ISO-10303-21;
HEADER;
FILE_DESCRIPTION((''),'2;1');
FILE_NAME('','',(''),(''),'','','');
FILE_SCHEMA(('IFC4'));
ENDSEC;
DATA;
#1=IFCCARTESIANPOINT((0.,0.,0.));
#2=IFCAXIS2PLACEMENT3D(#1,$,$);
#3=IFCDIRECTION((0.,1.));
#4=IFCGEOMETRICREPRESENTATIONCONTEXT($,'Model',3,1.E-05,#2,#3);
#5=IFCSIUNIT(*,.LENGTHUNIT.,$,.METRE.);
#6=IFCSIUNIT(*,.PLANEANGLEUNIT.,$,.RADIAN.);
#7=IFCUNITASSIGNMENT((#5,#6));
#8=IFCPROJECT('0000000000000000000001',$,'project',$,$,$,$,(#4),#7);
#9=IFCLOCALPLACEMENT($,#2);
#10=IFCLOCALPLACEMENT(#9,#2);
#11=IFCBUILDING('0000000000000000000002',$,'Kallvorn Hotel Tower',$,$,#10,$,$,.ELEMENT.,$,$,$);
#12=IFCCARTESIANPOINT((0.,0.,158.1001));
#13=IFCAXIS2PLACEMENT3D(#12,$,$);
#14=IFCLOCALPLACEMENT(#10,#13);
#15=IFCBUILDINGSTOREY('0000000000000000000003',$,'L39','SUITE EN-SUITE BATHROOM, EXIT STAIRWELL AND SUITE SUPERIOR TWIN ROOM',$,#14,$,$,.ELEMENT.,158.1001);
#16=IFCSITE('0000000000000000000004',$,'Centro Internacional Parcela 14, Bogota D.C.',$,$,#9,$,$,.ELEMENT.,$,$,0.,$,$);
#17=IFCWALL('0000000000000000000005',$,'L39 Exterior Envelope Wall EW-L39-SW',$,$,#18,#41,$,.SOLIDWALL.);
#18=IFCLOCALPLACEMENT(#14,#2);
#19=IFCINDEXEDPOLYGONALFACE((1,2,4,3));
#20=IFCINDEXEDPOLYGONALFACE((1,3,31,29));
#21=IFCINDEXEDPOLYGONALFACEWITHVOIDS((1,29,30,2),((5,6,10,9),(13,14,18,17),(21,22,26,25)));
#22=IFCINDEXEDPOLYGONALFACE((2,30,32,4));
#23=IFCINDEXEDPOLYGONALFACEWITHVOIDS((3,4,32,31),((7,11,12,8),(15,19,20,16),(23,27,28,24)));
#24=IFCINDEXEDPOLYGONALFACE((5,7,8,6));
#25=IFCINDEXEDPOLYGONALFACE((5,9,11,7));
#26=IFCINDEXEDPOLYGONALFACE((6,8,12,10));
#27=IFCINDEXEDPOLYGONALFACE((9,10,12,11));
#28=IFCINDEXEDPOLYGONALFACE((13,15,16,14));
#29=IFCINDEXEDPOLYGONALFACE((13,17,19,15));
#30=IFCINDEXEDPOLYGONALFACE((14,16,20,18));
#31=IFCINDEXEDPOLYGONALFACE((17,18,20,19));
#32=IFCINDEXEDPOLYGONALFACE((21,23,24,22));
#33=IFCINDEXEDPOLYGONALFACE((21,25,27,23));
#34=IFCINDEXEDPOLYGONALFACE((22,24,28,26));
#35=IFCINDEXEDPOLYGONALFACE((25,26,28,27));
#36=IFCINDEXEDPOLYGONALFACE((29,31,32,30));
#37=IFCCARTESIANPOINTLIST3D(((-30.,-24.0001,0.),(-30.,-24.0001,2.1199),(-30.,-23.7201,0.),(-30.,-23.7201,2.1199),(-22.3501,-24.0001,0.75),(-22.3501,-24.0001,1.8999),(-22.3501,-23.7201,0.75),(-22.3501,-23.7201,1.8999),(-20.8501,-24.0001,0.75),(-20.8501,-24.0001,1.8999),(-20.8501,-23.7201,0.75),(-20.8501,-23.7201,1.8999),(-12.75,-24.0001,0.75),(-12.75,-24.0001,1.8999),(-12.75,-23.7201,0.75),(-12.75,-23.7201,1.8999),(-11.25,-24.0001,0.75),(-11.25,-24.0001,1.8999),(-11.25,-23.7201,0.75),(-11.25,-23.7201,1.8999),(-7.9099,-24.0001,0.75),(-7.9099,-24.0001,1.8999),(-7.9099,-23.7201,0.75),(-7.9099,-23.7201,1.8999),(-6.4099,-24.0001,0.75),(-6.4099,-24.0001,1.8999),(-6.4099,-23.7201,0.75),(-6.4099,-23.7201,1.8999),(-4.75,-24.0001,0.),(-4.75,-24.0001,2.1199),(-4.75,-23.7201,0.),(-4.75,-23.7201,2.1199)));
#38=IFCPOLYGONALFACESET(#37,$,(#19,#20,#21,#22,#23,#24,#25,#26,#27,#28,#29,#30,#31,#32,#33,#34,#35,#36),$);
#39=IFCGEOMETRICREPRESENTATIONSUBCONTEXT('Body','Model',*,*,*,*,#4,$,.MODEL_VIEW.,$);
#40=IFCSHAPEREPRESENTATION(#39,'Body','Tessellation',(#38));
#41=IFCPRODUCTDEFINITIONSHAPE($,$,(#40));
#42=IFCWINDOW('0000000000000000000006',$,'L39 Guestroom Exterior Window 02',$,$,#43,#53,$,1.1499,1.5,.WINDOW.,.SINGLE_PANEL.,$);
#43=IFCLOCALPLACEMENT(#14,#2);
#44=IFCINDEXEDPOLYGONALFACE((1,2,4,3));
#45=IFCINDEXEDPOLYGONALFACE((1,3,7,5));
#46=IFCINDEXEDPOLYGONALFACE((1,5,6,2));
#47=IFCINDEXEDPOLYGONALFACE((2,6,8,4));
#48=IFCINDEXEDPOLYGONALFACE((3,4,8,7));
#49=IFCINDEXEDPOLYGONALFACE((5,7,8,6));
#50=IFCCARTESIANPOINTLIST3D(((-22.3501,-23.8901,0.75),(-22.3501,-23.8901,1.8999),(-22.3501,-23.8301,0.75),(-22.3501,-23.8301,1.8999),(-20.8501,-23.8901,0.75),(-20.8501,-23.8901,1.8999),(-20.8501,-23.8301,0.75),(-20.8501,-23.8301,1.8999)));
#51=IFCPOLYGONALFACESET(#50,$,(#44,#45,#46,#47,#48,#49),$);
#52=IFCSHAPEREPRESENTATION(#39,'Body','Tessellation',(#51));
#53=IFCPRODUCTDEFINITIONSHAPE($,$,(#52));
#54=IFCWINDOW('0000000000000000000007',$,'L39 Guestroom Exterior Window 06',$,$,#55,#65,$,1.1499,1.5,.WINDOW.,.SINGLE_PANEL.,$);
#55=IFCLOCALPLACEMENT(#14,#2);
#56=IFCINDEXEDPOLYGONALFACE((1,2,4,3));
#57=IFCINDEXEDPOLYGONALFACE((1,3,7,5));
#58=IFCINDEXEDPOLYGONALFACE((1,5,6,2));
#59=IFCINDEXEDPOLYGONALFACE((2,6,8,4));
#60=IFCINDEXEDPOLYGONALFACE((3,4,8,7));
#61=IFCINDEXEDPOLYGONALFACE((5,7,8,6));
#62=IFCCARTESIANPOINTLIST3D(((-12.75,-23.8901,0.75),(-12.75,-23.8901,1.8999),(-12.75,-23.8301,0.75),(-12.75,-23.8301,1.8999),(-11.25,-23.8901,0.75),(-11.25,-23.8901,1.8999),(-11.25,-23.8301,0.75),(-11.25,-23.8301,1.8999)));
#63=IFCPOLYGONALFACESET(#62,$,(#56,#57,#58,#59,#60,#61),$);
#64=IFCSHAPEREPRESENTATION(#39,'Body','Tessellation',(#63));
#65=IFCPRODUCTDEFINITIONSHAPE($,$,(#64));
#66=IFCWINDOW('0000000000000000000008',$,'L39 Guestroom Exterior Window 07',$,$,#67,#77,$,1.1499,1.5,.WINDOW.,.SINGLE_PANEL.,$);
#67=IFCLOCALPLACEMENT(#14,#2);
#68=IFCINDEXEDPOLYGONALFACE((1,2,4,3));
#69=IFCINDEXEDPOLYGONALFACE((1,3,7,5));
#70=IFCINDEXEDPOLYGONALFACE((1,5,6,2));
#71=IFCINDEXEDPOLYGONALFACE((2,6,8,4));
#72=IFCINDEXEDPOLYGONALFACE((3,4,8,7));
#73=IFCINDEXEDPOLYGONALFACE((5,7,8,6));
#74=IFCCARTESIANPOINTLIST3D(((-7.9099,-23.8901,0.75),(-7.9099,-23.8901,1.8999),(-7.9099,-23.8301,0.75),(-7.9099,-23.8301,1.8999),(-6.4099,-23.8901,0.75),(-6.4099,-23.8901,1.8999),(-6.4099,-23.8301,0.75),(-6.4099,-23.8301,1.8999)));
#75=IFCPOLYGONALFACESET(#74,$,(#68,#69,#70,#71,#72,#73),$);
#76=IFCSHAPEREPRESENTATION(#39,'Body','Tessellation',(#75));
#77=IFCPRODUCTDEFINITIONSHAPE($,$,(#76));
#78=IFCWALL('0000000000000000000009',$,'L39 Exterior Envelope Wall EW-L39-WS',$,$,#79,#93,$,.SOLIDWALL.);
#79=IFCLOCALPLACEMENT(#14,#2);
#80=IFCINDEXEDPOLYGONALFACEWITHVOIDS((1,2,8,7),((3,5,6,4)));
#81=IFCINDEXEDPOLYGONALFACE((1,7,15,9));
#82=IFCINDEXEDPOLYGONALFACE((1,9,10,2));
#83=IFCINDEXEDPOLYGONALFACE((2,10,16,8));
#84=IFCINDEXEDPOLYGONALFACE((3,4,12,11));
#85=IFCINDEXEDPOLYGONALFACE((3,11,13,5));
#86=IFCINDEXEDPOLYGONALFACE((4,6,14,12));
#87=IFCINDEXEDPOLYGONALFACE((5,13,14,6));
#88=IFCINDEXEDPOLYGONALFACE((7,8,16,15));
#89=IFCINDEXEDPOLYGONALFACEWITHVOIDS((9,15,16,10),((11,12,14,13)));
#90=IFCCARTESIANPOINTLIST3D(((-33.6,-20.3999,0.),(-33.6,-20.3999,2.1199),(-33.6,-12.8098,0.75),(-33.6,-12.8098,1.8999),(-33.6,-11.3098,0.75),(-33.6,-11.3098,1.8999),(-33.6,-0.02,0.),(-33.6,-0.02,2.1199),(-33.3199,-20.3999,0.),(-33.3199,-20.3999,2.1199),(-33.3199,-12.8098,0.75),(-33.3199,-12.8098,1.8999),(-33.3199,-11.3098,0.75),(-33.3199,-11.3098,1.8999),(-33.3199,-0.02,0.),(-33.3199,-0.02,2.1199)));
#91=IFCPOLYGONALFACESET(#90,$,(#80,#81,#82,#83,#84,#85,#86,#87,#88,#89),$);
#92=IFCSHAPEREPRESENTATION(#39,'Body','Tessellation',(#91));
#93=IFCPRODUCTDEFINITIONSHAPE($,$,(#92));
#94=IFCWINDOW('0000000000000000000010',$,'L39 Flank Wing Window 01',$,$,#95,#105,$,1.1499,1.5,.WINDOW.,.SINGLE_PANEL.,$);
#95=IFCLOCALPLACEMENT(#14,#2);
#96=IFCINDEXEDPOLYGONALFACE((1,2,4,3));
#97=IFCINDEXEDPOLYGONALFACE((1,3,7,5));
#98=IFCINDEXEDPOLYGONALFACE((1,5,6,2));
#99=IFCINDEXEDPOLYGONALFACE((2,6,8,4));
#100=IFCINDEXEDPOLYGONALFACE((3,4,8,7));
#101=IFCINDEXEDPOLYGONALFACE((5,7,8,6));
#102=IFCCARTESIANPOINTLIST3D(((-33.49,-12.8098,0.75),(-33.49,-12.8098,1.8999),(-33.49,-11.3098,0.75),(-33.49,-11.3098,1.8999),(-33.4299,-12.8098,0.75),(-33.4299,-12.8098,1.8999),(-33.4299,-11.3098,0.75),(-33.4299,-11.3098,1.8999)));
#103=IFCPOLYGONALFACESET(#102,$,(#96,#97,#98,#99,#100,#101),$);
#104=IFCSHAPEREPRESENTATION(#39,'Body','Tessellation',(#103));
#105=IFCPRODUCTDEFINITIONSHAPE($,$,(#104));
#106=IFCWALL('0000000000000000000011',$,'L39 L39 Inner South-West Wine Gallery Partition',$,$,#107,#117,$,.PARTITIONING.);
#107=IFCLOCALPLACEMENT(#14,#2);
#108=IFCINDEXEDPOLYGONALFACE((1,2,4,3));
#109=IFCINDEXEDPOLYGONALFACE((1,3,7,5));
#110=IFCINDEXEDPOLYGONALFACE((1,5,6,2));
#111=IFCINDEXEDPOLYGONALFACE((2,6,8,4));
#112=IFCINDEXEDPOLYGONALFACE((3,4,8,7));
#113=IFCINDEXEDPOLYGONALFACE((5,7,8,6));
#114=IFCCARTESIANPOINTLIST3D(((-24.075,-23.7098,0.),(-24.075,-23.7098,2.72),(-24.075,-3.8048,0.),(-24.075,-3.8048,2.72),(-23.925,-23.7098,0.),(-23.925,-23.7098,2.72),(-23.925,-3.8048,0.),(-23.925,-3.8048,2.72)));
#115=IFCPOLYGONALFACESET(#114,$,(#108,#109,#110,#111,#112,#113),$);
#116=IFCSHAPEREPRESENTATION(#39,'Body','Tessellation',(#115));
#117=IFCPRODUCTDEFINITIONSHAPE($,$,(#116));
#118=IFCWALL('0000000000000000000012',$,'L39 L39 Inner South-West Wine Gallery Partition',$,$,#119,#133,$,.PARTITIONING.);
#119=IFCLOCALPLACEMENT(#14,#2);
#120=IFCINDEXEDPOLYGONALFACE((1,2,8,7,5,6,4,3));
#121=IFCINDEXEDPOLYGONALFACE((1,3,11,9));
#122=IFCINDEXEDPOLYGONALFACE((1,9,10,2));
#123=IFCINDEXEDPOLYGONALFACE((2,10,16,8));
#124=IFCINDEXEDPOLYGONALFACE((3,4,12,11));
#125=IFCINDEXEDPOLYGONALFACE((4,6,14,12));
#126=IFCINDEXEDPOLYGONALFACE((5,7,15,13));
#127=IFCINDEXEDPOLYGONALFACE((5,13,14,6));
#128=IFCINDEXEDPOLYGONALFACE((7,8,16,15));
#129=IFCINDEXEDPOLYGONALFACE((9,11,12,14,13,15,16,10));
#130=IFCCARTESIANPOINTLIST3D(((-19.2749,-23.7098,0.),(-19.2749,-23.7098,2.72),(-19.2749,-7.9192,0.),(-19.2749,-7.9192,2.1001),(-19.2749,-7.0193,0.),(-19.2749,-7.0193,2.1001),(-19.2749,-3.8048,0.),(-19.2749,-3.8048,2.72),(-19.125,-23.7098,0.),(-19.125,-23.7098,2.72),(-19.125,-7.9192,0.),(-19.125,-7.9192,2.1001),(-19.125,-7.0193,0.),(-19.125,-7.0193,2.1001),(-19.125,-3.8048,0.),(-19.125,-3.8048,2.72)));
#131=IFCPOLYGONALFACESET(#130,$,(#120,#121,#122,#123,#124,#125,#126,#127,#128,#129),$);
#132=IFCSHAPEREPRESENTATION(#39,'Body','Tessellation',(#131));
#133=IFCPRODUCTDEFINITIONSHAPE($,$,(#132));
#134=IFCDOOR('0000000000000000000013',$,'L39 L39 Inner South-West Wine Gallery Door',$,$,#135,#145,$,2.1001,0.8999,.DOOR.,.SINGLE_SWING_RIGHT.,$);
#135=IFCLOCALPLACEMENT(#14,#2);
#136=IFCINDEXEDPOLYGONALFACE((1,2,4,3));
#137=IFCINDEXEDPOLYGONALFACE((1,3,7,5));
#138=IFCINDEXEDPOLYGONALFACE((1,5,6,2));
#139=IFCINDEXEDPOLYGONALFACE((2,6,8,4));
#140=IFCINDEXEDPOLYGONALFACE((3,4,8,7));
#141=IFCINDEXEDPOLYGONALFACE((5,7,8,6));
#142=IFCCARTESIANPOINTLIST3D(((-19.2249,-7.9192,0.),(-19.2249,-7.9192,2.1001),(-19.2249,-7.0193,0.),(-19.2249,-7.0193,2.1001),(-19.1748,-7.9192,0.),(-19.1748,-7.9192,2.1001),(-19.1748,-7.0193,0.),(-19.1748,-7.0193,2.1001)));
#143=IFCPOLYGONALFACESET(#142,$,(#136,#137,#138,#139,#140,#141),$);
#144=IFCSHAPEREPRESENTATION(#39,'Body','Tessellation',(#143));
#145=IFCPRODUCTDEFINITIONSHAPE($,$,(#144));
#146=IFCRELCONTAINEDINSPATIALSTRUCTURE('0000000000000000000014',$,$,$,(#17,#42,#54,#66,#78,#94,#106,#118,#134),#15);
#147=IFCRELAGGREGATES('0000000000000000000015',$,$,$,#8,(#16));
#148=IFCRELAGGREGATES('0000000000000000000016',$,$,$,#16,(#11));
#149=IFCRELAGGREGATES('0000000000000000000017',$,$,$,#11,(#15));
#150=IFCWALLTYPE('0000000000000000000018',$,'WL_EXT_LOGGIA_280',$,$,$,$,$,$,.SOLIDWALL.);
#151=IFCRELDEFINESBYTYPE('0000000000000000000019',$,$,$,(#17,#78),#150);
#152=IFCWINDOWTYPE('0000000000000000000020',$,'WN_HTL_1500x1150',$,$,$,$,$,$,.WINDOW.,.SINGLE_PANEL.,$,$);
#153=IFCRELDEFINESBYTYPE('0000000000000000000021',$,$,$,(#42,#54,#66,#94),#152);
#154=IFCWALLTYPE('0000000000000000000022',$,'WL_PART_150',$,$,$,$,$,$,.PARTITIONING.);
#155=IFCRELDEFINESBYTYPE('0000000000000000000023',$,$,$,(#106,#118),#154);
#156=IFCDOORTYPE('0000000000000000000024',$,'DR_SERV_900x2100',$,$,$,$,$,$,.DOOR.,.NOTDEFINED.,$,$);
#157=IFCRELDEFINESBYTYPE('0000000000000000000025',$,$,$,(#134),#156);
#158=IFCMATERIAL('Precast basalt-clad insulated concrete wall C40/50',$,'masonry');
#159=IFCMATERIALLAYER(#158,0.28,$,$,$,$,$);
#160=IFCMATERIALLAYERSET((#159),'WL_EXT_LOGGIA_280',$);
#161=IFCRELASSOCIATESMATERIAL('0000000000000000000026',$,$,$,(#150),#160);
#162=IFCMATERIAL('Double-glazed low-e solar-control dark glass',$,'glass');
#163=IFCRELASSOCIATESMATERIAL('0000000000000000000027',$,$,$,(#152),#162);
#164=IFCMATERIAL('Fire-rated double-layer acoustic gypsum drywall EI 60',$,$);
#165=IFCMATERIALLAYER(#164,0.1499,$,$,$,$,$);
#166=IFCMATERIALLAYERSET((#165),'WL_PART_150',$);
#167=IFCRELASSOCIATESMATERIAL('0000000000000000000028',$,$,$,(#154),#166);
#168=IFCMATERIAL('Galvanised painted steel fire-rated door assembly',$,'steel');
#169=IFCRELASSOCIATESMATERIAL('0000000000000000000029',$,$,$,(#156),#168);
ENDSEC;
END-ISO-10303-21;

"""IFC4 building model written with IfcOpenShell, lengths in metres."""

from ifc_helpers import new_model, si_unit, direction, frame, frame_2d, origin, place, context, subcontext, project, spatial, rectangle, extrude, material, layer, layer_set, type_object, element, fill, save


model = new_model("IFC4")

# Units and contexts
model_context = context("Model", 3, precision=1e-05, world=origin(), true_north=direction((0.0, 1.0)))
body_context = subcontext(model_context, "Body", "Model", "MODEL_VIEW")
ifc_project = project(units=[si_unit("LENGTHUNIT", "METRE"), si_unit("PLANEANGLEUNIT", "RADIAN")], contexts=[model_context])

# Site, building, storey
site_placement = place(None, origin())
site = spatial("IfcSite", under=ifc_project, at=site_placement, Name="Centro Internacional Parcela 14, Bogota D.C.", CompositionType="ELEMENT", RefElevation=0.0)
building_placement = place(site_placement, origin())
building = spatial("IfcBuilding", under=site, at=building_placement, Name="Kallvorn Hotel Tower", CompositionType="ELEMENT")
storey_placement = place(building_placement, frame((0.0, 0.0, 158.1001)))
storey = spatial("IfcBuildingStorey", under=building, at=storey_placement, Name="L39", Description="SUITE EN-SUITE BATHROOM, EXIT STAIRWELL AND SUITE SUPERIOR TWIN ROOM", CompositionType="ELEMENT", Elevation=158.1001)

# Shared definitions
ifc_material_1 = material(Name="Precast basalt-clad insulated concrete wall C40/50", Category="masonry")
ifc_layer_1 = layer(ifc_material_1, 0.28)
ifc_layer_set_1 = layer_set([ifc_layer_1], Name="WL_EXT_LOGGIA_280")
wall_type_1 = type_object("IfcWallType", Name="WL_EXT_LOGGIA_280", PredefinedType="SOLIDWALL", material=ifc_layer_set_1)

# Wall, openings, windows
wall_1_placement = place(storey_placement, frame((-30.0, -23.8601, 0.0), z_axis=(0.0, 0.0, 1.0), x_axis=(1.0, 0.0, 0.0)))
wall_1 = element("IfcWall", 1, at=wall_1_placement, inside=storey, type_object=wall_type_1, Name="L39 Exterior Envelope Wall EW-L39-SW", PredefinedType="SOLIDWALL", context=body_context, shape_type="SweptSolid", body=[
    extrude(rectangle(XDim=25.25, YDim=0.28, at=frame_2d((12.625, 0.0))), origin(), (0.0, 0.0, 1.0), 2.1199),
])
opening_1_placement = place(wall_1_placement, frame((7.6499, 0.0, 0.75)))
opening_1 = element("IfcOpeningElement", 2, at=opening_1_placement, cuts=wall_1, PredefinedType="OPENING", context=body_context, shape_type="SweptSolid", body=[
    extrude(rectangle(XDim=1.5, YDim=1.1499, at=frame_2d((0.75, 0.575))), frame((0.0, 0.155, 0.0), z_axis=(0.0, -1.0, 0.0), x_axis=(1.0, 0.0, 0.0)), (0.0, 0.0, 1.0), 0.3101),
])
opening_2_placement = place(wall_1_placement, frame((17.25, 0.0, 0.75)))
opening_2 = element("IfcOpeningElement", 3, at=opening_2_placement, cuts=wall_1, PredefinedType="OPENING", context=body_context, shape_type="SweptSolid", body=[
    extrude(rectangle(XDim=1.5, YDim=1.1499, at=frame_2d((0.75, 0.575))), frame((0.0, 0.155, 0.0), z_axis=(0.0, -1.0, 0.0), x_axis=(1.0, 0.0, 0.0)), (0.0, 0.0, 1.0), 0.3101),
])
opening_3_placement = place(wall_1_placement, frame((22.0901, 0.0, 0.75)))
opening_3 = element("IfcOpeningElement", 4, at=opening_3_placement, cuts=wall_1, PredefinedType="OPENING", context=body_context, shape_type="SweptSolid", body=[
    extrude(rectangle(XDim=1.5, YDim=1.1499, at=frame_2d((0.75, 0.575))), frame((0.0, 0.155, 0.0), z_axis=(0.0, -1.0, 0.0), x_axis=(1.0, 0.0, 0.0)), (0.0, 0.0, 1.0), 0.3101),
])
ifc_material_2 = material(Name="Double-glazed low-e solar-control dark glass", Category="glass")
window_type = type_object("IfcWindowType", Name="WN_HTL_1500x1150", PartitioningType="SINGLE_PANEL", PredefinedType="WINDOW", material=ifc_material_2)
window_1_placement = place(opening_1_placement, origin())
window_1 = element("IfcWindow", 5, at=window_1_placement, inside=storey, type_object=window_type, Name="L39 Guestroom Exterior Window 02", OverallHeight=1.1499, OverallWidth=1.5, PartitioningType="SINGLE_PANEL", PredefinedType="WINDOW", context=body_context, shape_type="SweptSolid", body=[
    extrude(rectangle(XDim=1.5, YDim=1.1499, at=frame_2d((0.75, 0.575))), frame((0.0, 0.03, 0.0), z_axis=(0.0, -1.0, 0.0), x_axis=(1.0, 0.0, 0.0)), (0.0, 0.0, 1.0), 0.0601),
])
fill(opening_1, window_1)
window_2_placement = place(opening_2_placement, origin())
window_2 = element("IfcWindow", 6, at=window_2_placement, inside=storey, type_object=window_type, Name="L39 Guestroom Exterior Window 06", OverallHeight=1.1499, OverallWidth=1.5, PartitioningType="SINGLE_PANEL", PredefinedType="WINDOW", context=body_context, shape_type="SweptSolid", body=[
    extrude(rectangle(XDim=1.5, YDim=1.1499, at=frame_2d((0.75, 0.575))), frame((0.0, 0.03, 0.0), z_axis=(0.0, -1.0, 0.0), x_axis=(1.0, 0.0, 0.0)), (0.0, 0.0, 1.0), 0.0601),
])
fill(opening_2, window_2)
window_3_placement = place(opening_3_placement, origin())
window_3 = element("IfcWindow", 7, at=window_3_placement, inside=storey, type_object=window_type, Name="L39 Guestroom Exterior Window 07", OverallHeight=1.1499, OverallWidth=1.5, PartitioningType="SINGLE_PANEL", PredefinedType="WINDOW", context=body_context, shape_type="SweptSolid", body=[
    extrude(rectangle(XDim=1.5, YDim=1.1499, at=frame_2d((0.75, 0.575))), frame((0.0, 0.03, 0.0), z_axis=(0.0, -1.0, 0.0), x_axis=(1.0, 0.0, 0.0)), (0.0, 0.0, 1.0), 0.0601),
])
fill(opening_3, window_3)

# Wall, opening, window
wall_2_placement = place(storey_placement, frame((-33.46, -20.3999, 0.0), z_axis=(0.0, 0.0, 1.0), x_axis=(0.0, 1.0, 0.0)))
wall_2 = element("IfcWall", 8, at=wall_2_placement, inside=storey, type_object=wall_type_1, Name="L39 Exterior Envelope Wall EW-L39-WS", PredefinedType="SOLIDWALL", context=body_context, shape_type="SweptSolid", body=[
    extrude(rectangle(XDim=20.3799, YDim=0.28, at=frame_2d((10.1899, 0.0))), origin(), (0.0, 0.0, 1.0), 2.1199),
])
opening_4_placement = place(wall_2_placement, frame((7.5901, 0.0, 0.75)))
opening_4 = element("IfcOpeningElement", 9, at=opening_4_placement, cuts=wall_2, PredefinedType="OPENING", context=body_context, shape_type="SweptSolid", body=[
    extrude(rectangle(XDim=1.5, YDim=1.1499, at=frame_2d((0.75, 0.575))), frame((0.0, 0.155, 0.0), z_axis=(0.0, -1.0, 0.0), x_axis=(1.0, 0.0, 0.0)), (0.0, 0.0, 1.0), 0.3101),
])
window_4_placement = place(opening_4_placement, origin())
window_4 = element("IfcWindow", 10, at=window_4_placement, inside=storey, type_object=window_type, Name="L39 Flank Wing Window 01", OverallHeight=1.1499, OverallWidth=1.5, PartitioningType="SINGLE_PANEL", PredefinedType="WINDOW", context=body_context, shape_type="SweptSolid", body=[
    extrude(rectangle(XDim=1.5, YDim=1.1499, at=frame_2d((0.75, 0.575))), frame((0.0, 0.03, 0.0), z_axis=(0.0, -1.0, 0.0), x_axis=(1.0, 0.0, 0.0)), (0.0, 0.0, 1.0), 0.0601),
])
fill(opening_4, window_4)

# Wall
ifc_material_3 = material(Name="Fire-rated double-layer acoustic gypsum drywall EI 60")
ifc_layer_2 = layer(ifc_material_3, 0.1499)
ifc_layer_set_2 = layer_set([ifc_layer_2], Name="WL_PART_150")
wall_type_2 = type_object("IfcWallType", Name="WL_PART_150", PredefinedType="PARTITIONING", material=ifc_layer_set_2)
wall_3_placement = place(storey_placement, frame((-24.0, -23.71, 0.0), z_axis=(0.0, 0.0, 1.0), x_axis=(0.0, 1.0, 0.0)))
element("IfcWall", 11, at=wall_3_placement, inside=storey, type_object=wall_type_2, Name="L39 L39 Inner South-West Wine Gallery Partition", PredefinedType="PARTITIONING", context=body_context, shape_type="SweptSolid", body=[
    extrude(rectangle(XDim=19.905, YDim=0.1499, at=frame_2d((9.9526, 0.0))), origin(), (0.0, 0.0, 1.0), 2.72),
])

# Wall, opening, door
wall_4_placement = place(storey_placement, frame((-19.2, -23.71, 0.0), z_axis=(0.0, 0.0, 1.0), x_axis=(0.0, 1.0, 0.0)))
wall_4 = element("IfcWall", 12, at=wall_4_placement, inside=storey, type_object=wall_type_2, Name="L39 L39 Inner South-West Wine Gallery Partition", PredefinedType="PARTITIONING", context=body_context, shape_type="SweptSolid", body=[
    extrude(rectangle(XDim=19.905, YDim=0.1499, at=frame_2d((9.9526, 0.0))), origin(), (0.0, 0.0, 1.0), 2.72),
])
opening_5_placement = place(wall_4_placement, frame((15.7908, 0.0, 0.0)))
opening_5 = element("IfcOpeningElement", 13, at=opening_5_placement, cuts=wall_4, PredefinedType="OPENING", context=body_context, shape_type="SweptSolid", body=[
    extrude(rectangle(XDim=0.8999, YDim=2.1001, at=frame_2d((0.45, 1.05))), frame((0.0, 0.0898, 0.0), z_axis=(0.0, -1.0, 0.0), x_axis=(1.0, 0.0, 0.0)), (0.0, 0.0, 1.0), 0.1799),
])
ifc_material_4 = material(Name="Galvanised painted steel fire-rated door assembly", Category="steel")
door_type = type_object("IfcDoorType", Name="DR_SERV_900x2100", OperationType="NOTDEFINED", PredefinedType="DOOR", material=ifc_material_4)
door_placement = place(opening_5_placement, origin())
door = element("IfcDoor", 14, at=door_placement, inside=storey, type_object=door_type, Name="L39 L39 Inner South-West Wine Gallery Door", OperationType="SINGLE_SWING_RIGHT", OverallHeight=2.1001, OverallWidth=0.8999, PredefinedType="DOOR", context=body_context, shape_type="SweptSolid", body=[
    extrude(rectangle(XDim=0.8999, YDim=2.1001, at=frame_2d((0.45, 1.05))), frame((0.0, 0.0249, 0.0), z_axis=(0.0, -1.0, 0.0), x_axis=(1.0, 0.0, 0.0)), (0.0, 0.0, 1.0), 0.05),
])
fill(opening_5, door)

save(model, "model.ifc")
